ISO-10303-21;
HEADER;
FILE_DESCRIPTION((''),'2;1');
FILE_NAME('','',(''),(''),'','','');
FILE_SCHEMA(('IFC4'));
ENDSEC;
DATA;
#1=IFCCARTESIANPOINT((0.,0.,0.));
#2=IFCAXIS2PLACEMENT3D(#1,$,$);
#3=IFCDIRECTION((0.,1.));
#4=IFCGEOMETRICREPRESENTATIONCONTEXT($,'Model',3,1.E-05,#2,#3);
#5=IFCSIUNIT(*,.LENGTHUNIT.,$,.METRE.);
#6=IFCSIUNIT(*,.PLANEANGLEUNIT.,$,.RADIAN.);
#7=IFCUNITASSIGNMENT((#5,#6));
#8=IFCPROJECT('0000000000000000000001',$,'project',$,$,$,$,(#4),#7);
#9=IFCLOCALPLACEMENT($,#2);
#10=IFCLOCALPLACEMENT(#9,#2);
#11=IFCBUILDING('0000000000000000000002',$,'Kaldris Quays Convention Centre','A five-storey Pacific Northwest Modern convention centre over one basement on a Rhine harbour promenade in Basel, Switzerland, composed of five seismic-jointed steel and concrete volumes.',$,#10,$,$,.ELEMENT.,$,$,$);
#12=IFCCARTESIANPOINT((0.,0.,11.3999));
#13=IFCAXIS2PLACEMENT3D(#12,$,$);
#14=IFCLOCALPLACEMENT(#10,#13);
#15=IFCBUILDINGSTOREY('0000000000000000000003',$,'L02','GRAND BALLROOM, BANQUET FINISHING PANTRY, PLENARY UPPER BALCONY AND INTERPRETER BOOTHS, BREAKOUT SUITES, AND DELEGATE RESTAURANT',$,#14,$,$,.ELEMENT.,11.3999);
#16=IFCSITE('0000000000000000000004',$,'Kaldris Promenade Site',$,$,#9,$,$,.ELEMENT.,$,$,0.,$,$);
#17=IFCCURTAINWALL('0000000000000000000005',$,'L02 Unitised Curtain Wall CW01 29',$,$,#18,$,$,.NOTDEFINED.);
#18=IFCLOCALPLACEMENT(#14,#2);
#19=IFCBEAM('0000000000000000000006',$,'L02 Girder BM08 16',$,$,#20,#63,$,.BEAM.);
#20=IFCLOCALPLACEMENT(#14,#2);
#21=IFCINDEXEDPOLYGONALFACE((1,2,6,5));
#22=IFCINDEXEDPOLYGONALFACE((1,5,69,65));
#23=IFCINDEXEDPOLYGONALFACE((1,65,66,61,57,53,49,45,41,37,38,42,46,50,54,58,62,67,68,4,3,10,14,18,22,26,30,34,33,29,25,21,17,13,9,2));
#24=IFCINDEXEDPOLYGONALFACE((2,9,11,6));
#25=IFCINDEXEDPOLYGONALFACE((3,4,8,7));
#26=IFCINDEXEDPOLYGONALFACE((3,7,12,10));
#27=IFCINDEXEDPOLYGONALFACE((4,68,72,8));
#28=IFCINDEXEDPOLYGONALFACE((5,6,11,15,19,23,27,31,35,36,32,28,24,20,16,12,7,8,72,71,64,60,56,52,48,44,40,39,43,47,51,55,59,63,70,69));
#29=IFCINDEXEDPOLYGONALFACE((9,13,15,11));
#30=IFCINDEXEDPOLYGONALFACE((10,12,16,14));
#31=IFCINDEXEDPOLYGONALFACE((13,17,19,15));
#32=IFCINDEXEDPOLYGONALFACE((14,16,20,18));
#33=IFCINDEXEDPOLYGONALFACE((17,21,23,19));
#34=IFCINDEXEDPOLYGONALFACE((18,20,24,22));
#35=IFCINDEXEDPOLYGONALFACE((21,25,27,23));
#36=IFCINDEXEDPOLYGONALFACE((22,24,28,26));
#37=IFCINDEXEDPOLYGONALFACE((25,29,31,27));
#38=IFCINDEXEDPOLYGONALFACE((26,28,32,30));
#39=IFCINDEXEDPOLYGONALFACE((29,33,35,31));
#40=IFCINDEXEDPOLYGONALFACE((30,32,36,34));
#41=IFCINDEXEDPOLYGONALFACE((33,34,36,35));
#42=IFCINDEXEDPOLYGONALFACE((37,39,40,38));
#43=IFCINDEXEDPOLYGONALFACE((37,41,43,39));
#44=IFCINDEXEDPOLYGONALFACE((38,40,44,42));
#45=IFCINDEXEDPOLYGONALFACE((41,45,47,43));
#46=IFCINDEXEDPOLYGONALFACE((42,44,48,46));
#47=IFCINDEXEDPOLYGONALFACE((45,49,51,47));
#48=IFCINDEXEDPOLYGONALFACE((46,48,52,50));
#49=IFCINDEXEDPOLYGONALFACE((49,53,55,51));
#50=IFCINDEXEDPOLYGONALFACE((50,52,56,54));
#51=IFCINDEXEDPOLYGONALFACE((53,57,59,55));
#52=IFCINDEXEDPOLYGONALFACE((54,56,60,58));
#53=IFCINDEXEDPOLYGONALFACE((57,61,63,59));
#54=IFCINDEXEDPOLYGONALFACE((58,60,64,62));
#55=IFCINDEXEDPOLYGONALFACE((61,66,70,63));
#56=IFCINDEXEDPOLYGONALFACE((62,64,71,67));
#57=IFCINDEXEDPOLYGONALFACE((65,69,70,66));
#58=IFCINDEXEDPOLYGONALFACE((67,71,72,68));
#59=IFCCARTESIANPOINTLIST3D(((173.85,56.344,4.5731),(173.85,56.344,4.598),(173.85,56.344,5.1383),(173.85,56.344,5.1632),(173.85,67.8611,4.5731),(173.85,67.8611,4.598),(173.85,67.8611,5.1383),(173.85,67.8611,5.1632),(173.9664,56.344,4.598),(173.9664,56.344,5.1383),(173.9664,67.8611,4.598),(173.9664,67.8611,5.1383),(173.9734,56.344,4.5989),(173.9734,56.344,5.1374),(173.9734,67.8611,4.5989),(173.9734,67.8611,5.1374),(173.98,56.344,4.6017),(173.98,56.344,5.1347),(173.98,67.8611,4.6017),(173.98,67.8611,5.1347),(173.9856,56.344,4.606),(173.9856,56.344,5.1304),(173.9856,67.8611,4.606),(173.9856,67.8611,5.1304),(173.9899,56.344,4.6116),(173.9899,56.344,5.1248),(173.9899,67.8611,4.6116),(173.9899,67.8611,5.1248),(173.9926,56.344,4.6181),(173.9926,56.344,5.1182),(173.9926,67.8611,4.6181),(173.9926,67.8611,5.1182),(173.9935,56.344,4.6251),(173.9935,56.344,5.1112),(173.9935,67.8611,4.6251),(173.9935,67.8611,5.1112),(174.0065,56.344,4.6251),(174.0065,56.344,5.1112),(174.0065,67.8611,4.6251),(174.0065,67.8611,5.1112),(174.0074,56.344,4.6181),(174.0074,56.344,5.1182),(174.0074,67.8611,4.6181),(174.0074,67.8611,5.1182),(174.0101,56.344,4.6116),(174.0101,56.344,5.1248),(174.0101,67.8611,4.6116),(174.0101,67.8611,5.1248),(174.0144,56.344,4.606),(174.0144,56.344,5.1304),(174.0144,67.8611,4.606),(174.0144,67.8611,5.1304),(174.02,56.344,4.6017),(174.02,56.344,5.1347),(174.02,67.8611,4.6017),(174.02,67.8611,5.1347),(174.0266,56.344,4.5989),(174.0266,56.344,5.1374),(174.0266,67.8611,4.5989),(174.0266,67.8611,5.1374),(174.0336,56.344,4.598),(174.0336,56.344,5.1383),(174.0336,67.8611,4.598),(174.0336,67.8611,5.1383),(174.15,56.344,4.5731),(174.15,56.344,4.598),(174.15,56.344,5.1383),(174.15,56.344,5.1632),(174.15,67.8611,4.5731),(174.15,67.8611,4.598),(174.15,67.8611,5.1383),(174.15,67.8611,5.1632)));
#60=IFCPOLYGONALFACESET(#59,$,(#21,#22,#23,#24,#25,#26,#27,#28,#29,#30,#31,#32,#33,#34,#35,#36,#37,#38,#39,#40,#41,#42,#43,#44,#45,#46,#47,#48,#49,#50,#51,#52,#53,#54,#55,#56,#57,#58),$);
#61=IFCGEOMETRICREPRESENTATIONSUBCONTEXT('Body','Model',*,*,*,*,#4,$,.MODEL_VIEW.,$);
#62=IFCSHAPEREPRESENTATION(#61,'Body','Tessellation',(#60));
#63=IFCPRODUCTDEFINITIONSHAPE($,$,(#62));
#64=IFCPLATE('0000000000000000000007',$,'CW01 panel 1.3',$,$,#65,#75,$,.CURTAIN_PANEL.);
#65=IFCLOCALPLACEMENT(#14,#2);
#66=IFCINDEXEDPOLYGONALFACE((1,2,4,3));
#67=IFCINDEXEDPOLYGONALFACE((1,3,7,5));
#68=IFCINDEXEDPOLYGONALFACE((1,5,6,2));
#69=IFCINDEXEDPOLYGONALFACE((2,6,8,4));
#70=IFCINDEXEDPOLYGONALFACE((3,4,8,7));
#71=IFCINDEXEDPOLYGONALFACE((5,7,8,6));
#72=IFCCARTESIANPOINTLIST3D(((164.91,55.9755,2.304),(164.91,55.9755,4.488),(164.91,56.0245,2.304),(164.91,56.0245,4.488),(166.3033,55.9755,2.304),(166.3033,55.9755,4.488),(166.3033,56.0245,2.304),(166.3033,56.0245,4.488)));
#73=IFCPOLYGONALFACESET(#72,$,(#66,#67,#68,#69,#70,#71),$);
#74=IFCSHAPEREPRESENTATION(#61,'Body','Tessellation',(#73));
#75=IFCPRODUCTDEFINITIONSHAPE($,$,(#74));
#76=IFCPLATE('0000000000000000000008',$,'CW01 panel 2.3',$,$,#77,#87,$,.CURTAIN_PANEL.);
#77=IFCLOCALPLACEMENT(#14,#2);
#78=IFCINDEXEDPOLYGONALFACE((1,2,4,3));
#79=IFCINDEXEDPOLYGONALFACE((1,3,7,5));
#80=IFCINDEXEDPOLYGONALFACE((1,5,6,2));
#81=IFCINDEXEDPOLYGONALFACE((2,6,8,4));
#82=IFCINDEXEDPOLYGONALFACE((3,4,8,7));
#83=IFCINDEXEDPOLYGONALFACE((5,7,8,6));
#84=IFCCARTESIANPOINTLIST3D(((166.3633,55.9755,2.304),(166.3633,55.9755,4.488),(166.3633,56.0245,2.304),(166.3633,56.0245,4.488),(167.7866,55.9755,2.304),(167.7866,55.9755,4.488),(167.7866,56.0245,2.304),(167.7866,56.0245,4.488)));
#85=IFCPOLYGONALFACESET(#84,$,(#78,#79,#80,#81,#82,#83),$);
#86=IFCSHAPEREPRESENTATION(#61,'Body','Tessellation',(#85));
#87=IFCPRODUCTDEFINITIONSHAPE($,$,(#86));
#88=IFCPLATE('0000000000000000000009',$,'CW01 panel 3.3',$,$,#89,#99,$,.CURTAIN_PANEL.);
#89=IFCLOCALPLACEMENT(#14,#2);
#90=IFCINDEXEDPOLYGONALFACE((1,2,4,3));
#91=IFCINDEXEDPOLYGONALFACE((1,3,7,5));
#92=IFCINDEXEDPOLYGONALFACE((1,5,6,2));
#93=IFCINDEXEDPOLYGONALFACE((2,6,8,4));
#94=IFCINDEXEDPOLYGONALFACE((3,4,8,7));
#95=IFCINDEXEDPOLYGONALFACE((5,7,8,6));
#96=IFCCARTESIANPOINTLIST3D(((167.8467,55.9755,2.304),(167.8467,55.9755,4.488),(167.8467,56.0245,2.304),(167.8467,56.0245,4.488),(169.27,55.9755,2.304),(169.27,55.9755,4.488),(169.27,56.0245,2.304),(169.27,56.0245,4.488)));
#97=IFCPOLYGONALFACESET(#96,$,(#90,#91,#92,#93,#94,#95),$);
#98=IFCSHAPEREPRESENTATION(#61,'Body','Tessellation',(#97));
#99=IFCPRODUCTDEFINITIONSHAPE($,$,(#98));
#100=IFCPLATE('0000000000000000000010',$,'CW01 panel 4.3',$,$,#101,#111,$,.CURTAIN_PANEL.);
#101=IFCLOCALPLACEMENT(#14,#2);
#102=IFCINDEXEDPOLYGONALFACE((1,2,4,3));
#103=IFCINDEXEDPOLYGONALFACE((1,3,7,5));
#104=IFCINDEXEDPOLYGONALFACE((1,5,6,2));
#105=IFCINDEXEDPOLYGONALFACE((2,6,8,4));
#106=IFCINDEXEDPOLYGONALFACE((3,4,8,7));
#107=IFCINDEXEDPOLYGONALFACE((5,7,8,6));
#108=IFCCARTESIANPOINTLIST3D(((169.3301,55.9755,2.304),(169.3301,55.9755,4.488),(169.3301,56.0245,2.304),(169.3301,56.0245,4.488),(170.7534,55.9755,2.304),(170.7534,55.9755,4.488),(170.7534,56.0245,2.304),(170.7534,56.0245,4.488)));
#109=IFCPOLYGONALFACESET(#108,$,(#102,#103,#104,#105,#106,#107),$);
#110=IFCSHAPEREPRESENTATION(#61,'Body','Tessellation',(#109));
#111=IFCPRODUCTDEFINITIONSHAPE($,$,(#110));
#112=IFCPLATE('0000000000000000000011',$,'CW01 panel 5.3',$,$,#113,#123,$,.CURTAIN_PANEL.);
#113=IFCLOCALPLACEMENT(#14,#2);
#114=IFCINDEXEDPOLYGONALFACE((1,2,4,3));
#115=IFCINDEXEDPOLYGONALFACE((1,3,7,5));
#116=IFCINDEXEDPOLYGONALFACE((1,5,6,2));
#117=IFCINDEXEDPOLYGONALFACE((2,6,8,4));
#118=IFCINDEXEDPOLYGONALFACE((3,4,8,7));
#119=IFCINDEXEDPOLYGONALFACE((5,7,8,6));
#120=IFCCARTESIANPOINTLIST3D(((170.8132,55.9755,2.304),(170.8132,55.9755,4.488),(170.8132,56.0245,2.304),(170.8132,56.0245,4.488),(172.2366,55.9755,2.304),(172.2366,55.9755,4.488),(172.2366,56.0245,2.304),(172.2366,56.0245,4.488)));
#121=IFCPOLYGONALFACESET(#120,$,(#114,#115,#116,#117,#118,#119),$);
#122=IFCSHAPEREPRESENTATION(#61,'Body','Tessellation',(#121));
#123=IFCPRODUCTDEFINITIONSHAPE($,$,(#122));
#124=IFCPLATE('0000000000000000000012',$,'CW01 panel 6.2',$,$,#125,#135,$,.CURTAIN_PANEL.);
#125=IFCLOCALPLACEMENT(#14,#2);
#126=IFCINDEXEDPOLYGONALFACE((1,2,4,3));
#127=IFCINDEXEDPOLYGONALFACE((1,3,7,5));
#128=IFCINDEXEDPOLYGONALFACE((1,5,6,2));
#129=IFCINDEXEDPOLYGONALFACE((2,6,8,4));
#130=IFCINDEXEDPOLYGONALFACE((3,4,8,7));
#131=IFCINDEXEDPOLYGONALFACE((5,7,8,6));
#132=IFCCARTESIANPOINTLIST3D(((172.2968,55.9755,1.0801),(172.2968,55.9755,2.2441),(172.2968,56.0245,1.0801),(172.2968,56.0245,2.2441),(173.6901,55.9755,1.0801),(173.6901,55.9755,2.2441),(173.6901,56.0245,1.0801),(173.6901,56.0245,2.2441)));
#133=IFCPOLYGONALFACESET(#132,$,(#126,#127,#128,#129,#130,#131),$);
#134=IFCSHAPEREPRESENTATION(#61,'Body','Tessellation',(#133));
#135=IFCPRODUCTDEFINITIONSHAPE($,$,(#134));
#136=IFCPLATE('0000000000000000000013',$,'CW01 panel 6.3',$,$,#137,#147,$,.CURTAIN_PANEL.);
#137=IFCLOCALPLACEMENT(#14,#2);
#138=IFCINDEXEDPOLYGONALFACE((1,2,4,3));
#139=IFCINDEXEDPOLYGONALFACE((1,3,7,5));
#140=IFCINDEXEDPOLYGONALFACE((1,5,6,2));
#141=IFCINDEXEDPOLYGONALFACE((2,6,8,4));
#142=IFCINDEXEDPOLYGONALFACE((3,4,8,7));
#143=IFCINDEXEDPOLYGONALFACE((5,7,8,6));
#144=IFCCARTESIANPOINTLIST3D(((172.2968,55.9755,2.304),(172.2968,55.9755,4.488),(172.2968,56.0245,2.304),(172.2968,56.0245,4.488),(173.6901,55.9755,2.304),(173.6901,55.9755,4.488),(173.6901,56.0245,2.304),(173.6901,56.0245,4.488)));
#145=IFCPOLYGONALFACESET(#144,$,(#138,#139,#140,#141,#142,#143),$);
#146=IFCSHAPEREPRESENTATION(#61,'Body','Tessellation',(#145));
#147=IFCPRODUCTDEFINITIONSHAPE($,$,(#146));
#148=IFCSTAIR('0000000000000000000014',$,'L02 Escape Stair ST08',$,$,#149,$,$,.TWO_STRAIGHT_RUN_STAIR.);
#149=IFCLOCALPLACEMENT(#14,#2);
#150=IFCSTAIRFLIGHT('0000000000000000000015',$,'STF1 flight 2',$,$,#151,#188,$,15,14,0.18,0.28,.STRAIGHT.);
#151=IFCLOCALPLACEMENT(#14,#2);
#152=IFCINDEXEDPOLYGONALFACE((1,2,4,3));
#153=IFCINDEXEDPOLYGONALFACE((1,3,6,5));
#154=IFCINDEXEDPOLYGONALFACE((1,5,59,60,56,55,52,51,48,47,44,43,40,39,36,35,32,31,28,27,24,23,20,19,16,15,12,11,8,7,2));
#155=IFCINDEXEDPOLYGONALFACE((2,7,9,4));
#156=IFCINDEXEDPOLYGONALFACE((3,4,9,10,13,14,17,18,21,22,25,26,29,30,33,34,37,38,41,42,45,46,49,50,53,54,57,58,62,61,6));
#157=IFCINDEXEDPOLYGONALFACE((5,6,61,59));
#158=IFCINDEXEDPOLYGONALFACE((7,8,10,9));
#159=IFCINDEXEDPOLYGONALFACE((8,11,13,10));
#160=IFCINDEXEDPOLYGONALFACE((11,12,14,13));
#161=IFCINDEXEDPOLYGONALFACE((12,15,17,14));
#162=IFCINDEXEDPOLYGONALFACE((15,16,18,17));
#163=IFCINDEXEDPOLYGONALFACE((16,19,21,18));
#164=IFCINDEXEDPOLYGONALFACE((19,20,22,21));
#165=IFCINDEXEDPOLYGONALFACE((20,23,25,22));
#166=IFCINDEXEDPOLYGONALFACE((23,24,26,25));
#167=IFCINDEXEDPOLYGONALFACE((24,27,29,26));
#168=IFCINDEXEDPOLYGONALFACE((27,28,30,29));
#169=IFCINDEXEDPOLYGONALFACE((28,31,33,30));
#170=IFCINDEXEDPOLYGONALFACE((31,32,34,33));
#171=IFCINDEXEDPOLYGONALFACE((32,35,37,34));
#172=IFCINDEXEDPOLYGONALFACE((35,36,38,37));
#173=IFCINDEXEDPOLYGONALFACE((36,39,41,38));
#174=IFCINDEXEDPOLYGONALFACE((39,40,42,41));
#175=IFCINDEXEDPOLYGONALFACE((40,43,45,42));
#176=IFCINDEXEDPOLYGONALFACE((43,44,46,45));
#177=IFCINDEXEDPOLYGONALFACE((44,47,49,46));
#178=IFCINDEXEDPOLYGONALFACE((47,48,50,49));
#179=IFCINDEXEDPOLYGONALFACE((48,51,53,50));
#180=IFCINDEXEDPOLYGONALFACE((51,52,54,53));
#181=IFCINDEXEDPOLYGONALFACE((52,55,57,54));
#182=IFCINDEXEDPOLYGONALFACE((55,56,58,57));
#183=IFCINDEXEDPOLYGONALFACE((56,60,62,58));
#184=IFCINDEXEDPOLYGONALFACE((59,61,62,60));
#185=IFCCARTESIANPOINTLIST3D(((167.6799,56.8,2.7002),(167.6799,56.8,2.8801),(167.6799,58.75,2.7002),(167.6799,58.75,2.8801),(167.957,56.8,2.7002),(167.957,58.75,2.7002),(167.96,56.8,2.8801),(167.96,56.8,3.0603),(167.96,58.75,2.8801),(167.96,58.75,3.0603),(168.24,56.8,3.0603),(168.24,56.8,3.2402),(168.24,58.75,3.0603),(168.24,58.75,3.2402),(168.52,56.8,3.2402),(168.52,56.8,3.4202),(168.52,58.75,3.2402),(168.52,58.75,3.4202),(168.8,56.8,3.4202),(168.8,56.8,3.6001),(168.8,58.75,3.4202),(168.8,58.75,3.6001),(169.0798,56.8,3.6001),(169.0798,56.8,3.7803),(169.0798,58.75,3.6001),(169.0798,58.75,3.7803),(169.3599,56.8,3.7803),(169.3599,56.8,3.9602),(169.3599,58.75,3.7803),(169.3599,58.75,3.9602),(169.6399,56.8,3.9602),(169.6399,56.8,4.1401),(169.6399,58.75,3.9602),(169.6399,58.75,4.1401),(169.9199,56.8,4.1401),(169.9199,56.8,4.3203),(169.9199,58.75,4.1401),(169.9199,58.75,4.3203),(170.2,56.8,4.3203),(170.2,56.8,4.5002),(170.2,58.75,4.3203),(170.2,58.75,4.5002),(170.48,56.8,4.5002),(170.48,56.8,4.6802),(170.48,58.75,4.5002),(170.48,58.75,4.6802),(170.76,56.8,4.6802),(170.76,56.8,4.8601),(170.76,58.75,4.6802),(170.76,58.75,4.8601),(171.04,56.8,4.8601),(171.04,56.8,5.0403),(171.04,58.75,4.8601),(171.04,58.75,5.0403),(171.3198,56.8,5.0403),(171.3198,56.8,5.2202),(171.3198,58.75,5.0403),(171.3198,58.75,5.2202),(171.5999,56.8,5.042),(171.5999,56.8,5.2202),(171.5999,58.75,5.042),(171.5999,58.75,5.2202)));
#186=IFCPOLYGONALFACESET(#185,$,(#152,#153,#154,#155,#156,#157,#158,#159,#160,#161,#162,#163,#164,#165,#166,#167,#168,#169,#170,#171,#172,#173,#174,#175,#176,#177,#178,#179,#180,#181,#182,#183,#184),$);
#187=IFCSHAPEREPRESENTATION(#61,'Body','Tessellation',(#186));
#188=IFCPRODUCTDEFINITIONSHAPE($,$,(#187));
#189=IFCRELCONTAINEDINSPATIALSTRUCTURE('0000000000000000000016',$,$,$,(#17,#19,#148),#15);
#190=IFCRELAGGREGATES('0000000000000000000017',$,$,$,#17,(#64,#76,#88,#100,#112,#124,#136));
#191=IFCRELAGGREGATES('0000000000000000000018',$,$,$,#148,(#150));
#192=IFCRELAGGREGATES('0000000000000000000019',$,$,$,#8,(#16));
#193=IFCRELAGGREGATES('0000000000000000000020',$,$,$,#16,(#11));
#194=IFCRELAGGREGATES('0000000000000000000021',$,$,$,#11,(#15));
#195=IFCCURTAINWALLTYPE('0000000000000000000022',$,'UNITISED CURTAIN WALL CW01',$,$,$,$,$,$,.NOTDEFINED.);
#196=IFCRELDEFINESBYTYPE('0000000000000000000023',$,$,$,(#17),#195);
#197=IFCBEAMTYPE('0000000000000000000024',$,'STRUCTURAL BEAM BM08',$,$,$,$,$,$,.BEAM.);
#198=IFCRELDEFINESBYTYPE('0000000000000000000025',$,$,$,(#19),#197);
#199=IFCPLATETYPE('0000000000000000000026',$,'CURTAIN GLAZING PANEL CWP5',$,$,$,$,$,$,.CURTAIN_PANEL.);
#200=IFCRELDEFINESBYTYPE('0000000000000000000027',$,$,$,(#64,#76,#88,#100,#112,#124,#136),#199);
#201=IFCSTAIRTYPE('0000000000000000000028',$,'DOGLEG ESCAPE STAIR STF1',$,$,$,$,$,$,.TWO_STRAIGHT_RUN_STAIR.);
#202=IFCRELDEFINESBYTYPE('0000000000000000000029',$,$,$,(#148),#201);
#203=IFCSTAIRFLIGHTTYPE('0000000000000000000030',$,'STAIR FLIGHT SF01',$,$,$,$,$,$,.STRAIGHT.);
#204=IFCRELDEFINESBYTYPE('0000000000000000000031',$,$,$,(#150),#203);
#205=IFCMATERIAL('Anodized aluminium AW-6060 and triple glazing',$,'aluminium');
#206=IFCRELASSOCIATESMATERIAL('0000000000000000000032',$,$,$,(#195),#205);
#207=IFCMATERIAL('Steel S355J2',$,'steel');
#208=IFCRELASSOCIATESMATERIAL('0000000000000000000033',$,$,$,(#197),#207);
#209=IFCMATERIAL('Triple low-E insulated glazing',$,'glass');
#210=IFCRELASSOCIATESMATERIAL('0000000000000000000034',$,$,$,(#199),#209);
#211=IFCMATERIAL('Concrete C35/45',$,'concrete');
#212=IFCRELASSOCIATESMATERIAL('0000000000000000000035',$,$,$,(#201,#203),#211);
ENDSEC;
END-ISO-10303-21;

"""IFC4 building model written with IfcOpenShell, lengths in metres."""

from ifc_helpers import new_model, si_unit, direction, frame, origin, origin_2d, place, context, subcontext, project, spatial, polyline, rectangle, i_section, outline, extrude, material, material_profile, profile_set, type_object, element, aggregate, save


model = new_model("IFC4")

# Units and contexts
model_context = context("Model", 3, precision=1e-05, world=origin(), true_north=direction((0.0, 1.0)))
body_context = subcontext(model_context, "Body", "Model", "MODEL_VIEW")
ifc_project = project(units=[si_unit("LENGTHUNIT", "METRE"), si_unit("PLANEANGLEUNIT", "RADIAN")], contexts=[model_context])

# Site, building, storey
site_placement = place(None, origin())
site = spatial("IfcSite", under=ifc_project, at=site_placement, Name="Kaldris Promenade Site", CompositionType="ELEMENT", RefElevation=0.0)
building_placement = place(site_placement, origin())
building = spatial("IfcBuilding", under=site, at=building_placement, Name="Kaldris Quays Convention Centre", Description="A five-storey Pacific Northwest Modern convention centre over one basement on a Rhine harbour promenade in Basel, Switzerland, composed of five seismic-jointed steel and concrete volumes.", CompositionType="ELEMENT")
storey_placement = place(building_placement, frame((0.0, 0.0, 11.3999)))
storey = spatial("IfcBuildingStorey", under=building, at=storey_placement, Name="L02", Description="GRAND BALLROOM, BANQUET FINISHING PANTRY, PLENARY UPPER BALCONY AND INTERPRETER BOOTHS, BREAKOUT SUITES, AND DELEGATE RESTAURANT", CompositionType="ELEMENT", Elevation=11.3999)

# Curtain wall
ifc_material_1 = material(Name="Anodized aluminium AW-6060 and triple glazing", Category="aluminium")
curtain_wall_type = type_object("IfcCurtainWallType", Name="UNITISED CURTAIN WALL CW01", PredefinedType="NOTDEFINED", material=ifc_material_1)
curtain_wall_placement = place(storey_placement, origin())
curtain_wall = element("IfcCurtainWall", 1, at=curtain_wall_placement, inside=storey, type_object=curtain_wall_type, Name="L02 Unitised Curtain Wall CW01 29", PredefinedType="NOTDEFINED")

# Beam
ifc_material_2 = material(Name="Steel S355J2", Category="steel")
ifc_material_profile_1 = material_profile(ifc_material_2, i_section(OverallWidth=0.3, OverallDepth=0.5901, WebThickness=0.0129, FlangeThickness=0.0249, FilletRadius=0.0271, at=origin_2d()), Name="HEA 600")
ifc_profile_set_1 = profile_set([ifc_material_profile_1], Name="Steel S355J2")
beam_type = type_object("IfcBeamType", Name="STRUCTURAL BEAM BM08", PredefinedType="BEAM", material=ifc_profile_set_1)
beam_placement = place(storey_placement, frame((174.0, 56.344, 4.8682), z_axis=(0.0, 1.0, 0.0), x_axis=(-1.0, 0.0, 0.0)))
element("IfcBeam", 2, at=beam_placement, inside=storey, type_object=beam_type, Name="L02 Girder BM08 16", PredefinedType="BEAM", context=body_context, shape_type="SweptSolid", body=[
    extrude(i_section(OverallWidth=0.3, OverallDepth=0.5901, WebThickness=0.0129, FlangeThickness=0.0249, FilletRadius=0.0271, at=origin_2d()), origin(), (0.0, 0.0, 1.0), 11.5171),
])

# Plates
ifc_material_3 = material(Name="Triple low-E insulated glazing", Category="glass")
plate_type = type_object("IfcPlateType", Name="CURTAIN GLAZING PANEL CWP5", PredefinedType="CURTAIN_PANEL", material=ifc_material_3)
plate_1_placement = place(storey_placement, frame((165.6067, 56.0, 2.304), z_axis=(0.0, 0.0, 1.0), x_axis=(1.0, 0.0, 0.0)))
plate_1 = element("IfcPlate", 3, at=plate_1_placement, type_object=plate_type, Name="CW01 panel 1.3", PredefinedType="CURTAIN_PANEL", context=body_context, shape_type="SweptSolid", body=[
    extrude(rectangle(XDim=1.3933, YDim=0.0491, at=origin_2d()), origin(), (0.0, 0.0, 1.0), 2.1841),
])
plate_2_placement = place(storey_placement, frame((167.075, 56.0, 2.304), z_axis=(0.0, 0.0, 1.0), x_axis=(1.0, 0.0, 0.0)))
plate_2 = element("IfcPlate", 4, at=plate_2_placement, type_object=plate_type, Name="CW01 panel 2.3", PredefinedType="CURTAIN_PANEL", context=body_context, shape_type="SweptSolid", body=[
    extrude(rectangle(XDim=1.4233, YDim=0.0491, at=origin_2d()), origin(), (0.0, 0.0, 1.0), 2.1841),
])
plate_3_placement = place(storey_placement, frame((168.5583, 56.0, 2.304), z_axis=(0.0, 0.0, 1.0), x_axis=(1.0, 0.0, 0.0)))
plate_3 = element("IfcPlate", 5, at=plate_3_placement, type_object=plate_type, Name="CW01 panel 3.3", PredefinedType="CURTAIN_PANEL", context=body_context, shape_type="SweptSolid", body=[
    extrude(rectangle(XDim=1.4233, YDim=0.0491, at=origin_2d()), origin(), (0.0, 0.0, 1.0), 2.1841),
])
plate_4_placement = place(storey_placement, frame((170.0417, 56.0, 2.304), z_axis=(0.0, 0.0, 1.0), x_axis=(1.0, 0.0, 0.0)))
plate_4 = element("IfcPlate", 6, at=plate_4_placement, type_object=plate_type, Name="CW01 panel 4.3", PredefinedType="CURTAIN_PANEL", context=body_context, shape_type="SweptSolid", body=[
    extrude(rectangle(XDim=1.4233, YDim=0.0491, at=origin_2d()), origin(), (0.0, 0.0, 1.0), 2.1841),
])
plate_5_placement = place(storey_placement, frame((171.5249, 56.0, 2.304), z_axis=(0.0, 0.0, 1.0), x_axis=(1.0, 0.0, 0.0)))
plate_5 = element("IfcPlate", 7, at=plate_5_placement, type_object=plate_type, Name="CW01 panel 5.3", PredefinedType="CURTAIN_PANEL", context=body_context, shape_type="SweptSolid", body=[
    extrude(rectangle(XDim=1.4233, YDim=0.0491, at=origin_2d()), origin(), (0.0, 0.0, 1.0), 2.1841),
])
plate_6_placement = place(storey_placement, frame((172.9934, 56.0, 1.0801), z_axis=(0.0, 0.0, 1.0), x_axis=(1.0, 0.0, 0.0)))
plate_6 = element("IfcPlate", 8, at=plate_6_placement, type_object=plate_type, Name="CW01 panel 6.2", PredefinedType="CURTAIN_PANEL", context=body_context, shape_type="SweptSolid", body=[
    extrude(rectangle(XDim=1.3933, YDim=0.0491, at=origin_2d()), origin(), (0.0, 0.0, 1.0), 1.1641),
])
plate_7_placement = place(storey_placement, frame((172.9934, 56.0, 2.304), z_axis=(0.0, 0.0, 1.0), x_axis=(1.0, 0.0, 0.0)))
plate_7 = element("IfcPlate", 9, at=plate_7_placement, type_object=plate_type, Name="CW01 panel 6.3", PredefinedType="CURTAIN_PANEL", context=body_context, shape_type="SweptSolid", body=[
    extrude(rectangle(XDim=1.3933, YDim=0.0491, at=origin_2d()), origin(), (0.0, 0.0, 1.0), 2.1841),
])
aggregate(curtain_wall, [plate_1, plate_2, plate_3, plate_4, plate_5, plate_6, plate_7])

# Stair, stair flight
ifc_material_4 = material(Name="Concrete C35/45", Category="concrete")
stair_type = type_object("IfcStairType", Name="DOGLEG ESCAPE STAIR STF1", PredefinedType="TWO_STRAIGHT_RUN_STAIR", material=ifc_material_4)
stair_placement = place(storey_placement, origin())
stair = element("IfcStair", 10, at=stair_placement, inside=storey, type_object=stair_type, Name="L02 Escape Stair ST08", PredefinedType="TWO_STRAIGHT_RUN_STAIR")
stair_flight_type = type_object("IfcStairFlightType", Name="STAIR FLIGHT SF01", PredefinedType="STRAIGHT", material=ifc_material_4)
stair_flight_placement = place(storey_placement, frame((167.6799, 57.7749, 2.7002), z_axis=(0.0, 0.0, 1.0), x_axis=(1.0, 0.0, 0.0)))
stair_flight = element("IfcStairFlight", 11, at=stair_flight_placement, type_object=stair_flight_type, Name="STF1 flight 2", NumberOfRisers=15, NumberOfTreads=14, PredefinedType="STRAIGHT", RiserHeight=0.18, TreadLength=0.28, context=body_context, shape_type="SweptSolid", body=[
    extrude(outline(polyline([(0.0, 0.0), (0.0, 0.1799), (0.28, 0.1799), (0.28, 0.3601), (0.5601, 0.3601), (0.5601, 0.54), (0.8401, 0.54), (0.8401, 0.72), (1.1201, 0.72), (1.1201, 0.8999), (1.3999, 0.8999), (1.3999, 1.0801), (1.6799, 1.0801), (1.6799, 1.26), (1.96, 1.26), (1.96, 1.4399), (2.24, 1.4399), (2.24, 1.6201), (2.52, 1.6201), (2.52, 1.8), (2.8, 1.8), (2.8, 1.98), (3.0801, 1.98), (3.0801, 2.1599), (3.3601, 2.1599), (3.3601, 2.3401), (3.6399, 2.3401), (3.6399, 2.52), (3.9199, 2.52), (3.9199, 2.7), (3.9199, 2.3418), (0.2771, 0.0), (0.0, 0.0)])), frame((0.0, 0.9751, 0.0), z_axis=(0.0, -1.0, 0.0), x_axis=(1.0, 0.0, 0.0)), (0.0, 0.0, 1.0), 1.95),
])
aggregate(stair, [stair_flight])

save(model, "model.ifc")
